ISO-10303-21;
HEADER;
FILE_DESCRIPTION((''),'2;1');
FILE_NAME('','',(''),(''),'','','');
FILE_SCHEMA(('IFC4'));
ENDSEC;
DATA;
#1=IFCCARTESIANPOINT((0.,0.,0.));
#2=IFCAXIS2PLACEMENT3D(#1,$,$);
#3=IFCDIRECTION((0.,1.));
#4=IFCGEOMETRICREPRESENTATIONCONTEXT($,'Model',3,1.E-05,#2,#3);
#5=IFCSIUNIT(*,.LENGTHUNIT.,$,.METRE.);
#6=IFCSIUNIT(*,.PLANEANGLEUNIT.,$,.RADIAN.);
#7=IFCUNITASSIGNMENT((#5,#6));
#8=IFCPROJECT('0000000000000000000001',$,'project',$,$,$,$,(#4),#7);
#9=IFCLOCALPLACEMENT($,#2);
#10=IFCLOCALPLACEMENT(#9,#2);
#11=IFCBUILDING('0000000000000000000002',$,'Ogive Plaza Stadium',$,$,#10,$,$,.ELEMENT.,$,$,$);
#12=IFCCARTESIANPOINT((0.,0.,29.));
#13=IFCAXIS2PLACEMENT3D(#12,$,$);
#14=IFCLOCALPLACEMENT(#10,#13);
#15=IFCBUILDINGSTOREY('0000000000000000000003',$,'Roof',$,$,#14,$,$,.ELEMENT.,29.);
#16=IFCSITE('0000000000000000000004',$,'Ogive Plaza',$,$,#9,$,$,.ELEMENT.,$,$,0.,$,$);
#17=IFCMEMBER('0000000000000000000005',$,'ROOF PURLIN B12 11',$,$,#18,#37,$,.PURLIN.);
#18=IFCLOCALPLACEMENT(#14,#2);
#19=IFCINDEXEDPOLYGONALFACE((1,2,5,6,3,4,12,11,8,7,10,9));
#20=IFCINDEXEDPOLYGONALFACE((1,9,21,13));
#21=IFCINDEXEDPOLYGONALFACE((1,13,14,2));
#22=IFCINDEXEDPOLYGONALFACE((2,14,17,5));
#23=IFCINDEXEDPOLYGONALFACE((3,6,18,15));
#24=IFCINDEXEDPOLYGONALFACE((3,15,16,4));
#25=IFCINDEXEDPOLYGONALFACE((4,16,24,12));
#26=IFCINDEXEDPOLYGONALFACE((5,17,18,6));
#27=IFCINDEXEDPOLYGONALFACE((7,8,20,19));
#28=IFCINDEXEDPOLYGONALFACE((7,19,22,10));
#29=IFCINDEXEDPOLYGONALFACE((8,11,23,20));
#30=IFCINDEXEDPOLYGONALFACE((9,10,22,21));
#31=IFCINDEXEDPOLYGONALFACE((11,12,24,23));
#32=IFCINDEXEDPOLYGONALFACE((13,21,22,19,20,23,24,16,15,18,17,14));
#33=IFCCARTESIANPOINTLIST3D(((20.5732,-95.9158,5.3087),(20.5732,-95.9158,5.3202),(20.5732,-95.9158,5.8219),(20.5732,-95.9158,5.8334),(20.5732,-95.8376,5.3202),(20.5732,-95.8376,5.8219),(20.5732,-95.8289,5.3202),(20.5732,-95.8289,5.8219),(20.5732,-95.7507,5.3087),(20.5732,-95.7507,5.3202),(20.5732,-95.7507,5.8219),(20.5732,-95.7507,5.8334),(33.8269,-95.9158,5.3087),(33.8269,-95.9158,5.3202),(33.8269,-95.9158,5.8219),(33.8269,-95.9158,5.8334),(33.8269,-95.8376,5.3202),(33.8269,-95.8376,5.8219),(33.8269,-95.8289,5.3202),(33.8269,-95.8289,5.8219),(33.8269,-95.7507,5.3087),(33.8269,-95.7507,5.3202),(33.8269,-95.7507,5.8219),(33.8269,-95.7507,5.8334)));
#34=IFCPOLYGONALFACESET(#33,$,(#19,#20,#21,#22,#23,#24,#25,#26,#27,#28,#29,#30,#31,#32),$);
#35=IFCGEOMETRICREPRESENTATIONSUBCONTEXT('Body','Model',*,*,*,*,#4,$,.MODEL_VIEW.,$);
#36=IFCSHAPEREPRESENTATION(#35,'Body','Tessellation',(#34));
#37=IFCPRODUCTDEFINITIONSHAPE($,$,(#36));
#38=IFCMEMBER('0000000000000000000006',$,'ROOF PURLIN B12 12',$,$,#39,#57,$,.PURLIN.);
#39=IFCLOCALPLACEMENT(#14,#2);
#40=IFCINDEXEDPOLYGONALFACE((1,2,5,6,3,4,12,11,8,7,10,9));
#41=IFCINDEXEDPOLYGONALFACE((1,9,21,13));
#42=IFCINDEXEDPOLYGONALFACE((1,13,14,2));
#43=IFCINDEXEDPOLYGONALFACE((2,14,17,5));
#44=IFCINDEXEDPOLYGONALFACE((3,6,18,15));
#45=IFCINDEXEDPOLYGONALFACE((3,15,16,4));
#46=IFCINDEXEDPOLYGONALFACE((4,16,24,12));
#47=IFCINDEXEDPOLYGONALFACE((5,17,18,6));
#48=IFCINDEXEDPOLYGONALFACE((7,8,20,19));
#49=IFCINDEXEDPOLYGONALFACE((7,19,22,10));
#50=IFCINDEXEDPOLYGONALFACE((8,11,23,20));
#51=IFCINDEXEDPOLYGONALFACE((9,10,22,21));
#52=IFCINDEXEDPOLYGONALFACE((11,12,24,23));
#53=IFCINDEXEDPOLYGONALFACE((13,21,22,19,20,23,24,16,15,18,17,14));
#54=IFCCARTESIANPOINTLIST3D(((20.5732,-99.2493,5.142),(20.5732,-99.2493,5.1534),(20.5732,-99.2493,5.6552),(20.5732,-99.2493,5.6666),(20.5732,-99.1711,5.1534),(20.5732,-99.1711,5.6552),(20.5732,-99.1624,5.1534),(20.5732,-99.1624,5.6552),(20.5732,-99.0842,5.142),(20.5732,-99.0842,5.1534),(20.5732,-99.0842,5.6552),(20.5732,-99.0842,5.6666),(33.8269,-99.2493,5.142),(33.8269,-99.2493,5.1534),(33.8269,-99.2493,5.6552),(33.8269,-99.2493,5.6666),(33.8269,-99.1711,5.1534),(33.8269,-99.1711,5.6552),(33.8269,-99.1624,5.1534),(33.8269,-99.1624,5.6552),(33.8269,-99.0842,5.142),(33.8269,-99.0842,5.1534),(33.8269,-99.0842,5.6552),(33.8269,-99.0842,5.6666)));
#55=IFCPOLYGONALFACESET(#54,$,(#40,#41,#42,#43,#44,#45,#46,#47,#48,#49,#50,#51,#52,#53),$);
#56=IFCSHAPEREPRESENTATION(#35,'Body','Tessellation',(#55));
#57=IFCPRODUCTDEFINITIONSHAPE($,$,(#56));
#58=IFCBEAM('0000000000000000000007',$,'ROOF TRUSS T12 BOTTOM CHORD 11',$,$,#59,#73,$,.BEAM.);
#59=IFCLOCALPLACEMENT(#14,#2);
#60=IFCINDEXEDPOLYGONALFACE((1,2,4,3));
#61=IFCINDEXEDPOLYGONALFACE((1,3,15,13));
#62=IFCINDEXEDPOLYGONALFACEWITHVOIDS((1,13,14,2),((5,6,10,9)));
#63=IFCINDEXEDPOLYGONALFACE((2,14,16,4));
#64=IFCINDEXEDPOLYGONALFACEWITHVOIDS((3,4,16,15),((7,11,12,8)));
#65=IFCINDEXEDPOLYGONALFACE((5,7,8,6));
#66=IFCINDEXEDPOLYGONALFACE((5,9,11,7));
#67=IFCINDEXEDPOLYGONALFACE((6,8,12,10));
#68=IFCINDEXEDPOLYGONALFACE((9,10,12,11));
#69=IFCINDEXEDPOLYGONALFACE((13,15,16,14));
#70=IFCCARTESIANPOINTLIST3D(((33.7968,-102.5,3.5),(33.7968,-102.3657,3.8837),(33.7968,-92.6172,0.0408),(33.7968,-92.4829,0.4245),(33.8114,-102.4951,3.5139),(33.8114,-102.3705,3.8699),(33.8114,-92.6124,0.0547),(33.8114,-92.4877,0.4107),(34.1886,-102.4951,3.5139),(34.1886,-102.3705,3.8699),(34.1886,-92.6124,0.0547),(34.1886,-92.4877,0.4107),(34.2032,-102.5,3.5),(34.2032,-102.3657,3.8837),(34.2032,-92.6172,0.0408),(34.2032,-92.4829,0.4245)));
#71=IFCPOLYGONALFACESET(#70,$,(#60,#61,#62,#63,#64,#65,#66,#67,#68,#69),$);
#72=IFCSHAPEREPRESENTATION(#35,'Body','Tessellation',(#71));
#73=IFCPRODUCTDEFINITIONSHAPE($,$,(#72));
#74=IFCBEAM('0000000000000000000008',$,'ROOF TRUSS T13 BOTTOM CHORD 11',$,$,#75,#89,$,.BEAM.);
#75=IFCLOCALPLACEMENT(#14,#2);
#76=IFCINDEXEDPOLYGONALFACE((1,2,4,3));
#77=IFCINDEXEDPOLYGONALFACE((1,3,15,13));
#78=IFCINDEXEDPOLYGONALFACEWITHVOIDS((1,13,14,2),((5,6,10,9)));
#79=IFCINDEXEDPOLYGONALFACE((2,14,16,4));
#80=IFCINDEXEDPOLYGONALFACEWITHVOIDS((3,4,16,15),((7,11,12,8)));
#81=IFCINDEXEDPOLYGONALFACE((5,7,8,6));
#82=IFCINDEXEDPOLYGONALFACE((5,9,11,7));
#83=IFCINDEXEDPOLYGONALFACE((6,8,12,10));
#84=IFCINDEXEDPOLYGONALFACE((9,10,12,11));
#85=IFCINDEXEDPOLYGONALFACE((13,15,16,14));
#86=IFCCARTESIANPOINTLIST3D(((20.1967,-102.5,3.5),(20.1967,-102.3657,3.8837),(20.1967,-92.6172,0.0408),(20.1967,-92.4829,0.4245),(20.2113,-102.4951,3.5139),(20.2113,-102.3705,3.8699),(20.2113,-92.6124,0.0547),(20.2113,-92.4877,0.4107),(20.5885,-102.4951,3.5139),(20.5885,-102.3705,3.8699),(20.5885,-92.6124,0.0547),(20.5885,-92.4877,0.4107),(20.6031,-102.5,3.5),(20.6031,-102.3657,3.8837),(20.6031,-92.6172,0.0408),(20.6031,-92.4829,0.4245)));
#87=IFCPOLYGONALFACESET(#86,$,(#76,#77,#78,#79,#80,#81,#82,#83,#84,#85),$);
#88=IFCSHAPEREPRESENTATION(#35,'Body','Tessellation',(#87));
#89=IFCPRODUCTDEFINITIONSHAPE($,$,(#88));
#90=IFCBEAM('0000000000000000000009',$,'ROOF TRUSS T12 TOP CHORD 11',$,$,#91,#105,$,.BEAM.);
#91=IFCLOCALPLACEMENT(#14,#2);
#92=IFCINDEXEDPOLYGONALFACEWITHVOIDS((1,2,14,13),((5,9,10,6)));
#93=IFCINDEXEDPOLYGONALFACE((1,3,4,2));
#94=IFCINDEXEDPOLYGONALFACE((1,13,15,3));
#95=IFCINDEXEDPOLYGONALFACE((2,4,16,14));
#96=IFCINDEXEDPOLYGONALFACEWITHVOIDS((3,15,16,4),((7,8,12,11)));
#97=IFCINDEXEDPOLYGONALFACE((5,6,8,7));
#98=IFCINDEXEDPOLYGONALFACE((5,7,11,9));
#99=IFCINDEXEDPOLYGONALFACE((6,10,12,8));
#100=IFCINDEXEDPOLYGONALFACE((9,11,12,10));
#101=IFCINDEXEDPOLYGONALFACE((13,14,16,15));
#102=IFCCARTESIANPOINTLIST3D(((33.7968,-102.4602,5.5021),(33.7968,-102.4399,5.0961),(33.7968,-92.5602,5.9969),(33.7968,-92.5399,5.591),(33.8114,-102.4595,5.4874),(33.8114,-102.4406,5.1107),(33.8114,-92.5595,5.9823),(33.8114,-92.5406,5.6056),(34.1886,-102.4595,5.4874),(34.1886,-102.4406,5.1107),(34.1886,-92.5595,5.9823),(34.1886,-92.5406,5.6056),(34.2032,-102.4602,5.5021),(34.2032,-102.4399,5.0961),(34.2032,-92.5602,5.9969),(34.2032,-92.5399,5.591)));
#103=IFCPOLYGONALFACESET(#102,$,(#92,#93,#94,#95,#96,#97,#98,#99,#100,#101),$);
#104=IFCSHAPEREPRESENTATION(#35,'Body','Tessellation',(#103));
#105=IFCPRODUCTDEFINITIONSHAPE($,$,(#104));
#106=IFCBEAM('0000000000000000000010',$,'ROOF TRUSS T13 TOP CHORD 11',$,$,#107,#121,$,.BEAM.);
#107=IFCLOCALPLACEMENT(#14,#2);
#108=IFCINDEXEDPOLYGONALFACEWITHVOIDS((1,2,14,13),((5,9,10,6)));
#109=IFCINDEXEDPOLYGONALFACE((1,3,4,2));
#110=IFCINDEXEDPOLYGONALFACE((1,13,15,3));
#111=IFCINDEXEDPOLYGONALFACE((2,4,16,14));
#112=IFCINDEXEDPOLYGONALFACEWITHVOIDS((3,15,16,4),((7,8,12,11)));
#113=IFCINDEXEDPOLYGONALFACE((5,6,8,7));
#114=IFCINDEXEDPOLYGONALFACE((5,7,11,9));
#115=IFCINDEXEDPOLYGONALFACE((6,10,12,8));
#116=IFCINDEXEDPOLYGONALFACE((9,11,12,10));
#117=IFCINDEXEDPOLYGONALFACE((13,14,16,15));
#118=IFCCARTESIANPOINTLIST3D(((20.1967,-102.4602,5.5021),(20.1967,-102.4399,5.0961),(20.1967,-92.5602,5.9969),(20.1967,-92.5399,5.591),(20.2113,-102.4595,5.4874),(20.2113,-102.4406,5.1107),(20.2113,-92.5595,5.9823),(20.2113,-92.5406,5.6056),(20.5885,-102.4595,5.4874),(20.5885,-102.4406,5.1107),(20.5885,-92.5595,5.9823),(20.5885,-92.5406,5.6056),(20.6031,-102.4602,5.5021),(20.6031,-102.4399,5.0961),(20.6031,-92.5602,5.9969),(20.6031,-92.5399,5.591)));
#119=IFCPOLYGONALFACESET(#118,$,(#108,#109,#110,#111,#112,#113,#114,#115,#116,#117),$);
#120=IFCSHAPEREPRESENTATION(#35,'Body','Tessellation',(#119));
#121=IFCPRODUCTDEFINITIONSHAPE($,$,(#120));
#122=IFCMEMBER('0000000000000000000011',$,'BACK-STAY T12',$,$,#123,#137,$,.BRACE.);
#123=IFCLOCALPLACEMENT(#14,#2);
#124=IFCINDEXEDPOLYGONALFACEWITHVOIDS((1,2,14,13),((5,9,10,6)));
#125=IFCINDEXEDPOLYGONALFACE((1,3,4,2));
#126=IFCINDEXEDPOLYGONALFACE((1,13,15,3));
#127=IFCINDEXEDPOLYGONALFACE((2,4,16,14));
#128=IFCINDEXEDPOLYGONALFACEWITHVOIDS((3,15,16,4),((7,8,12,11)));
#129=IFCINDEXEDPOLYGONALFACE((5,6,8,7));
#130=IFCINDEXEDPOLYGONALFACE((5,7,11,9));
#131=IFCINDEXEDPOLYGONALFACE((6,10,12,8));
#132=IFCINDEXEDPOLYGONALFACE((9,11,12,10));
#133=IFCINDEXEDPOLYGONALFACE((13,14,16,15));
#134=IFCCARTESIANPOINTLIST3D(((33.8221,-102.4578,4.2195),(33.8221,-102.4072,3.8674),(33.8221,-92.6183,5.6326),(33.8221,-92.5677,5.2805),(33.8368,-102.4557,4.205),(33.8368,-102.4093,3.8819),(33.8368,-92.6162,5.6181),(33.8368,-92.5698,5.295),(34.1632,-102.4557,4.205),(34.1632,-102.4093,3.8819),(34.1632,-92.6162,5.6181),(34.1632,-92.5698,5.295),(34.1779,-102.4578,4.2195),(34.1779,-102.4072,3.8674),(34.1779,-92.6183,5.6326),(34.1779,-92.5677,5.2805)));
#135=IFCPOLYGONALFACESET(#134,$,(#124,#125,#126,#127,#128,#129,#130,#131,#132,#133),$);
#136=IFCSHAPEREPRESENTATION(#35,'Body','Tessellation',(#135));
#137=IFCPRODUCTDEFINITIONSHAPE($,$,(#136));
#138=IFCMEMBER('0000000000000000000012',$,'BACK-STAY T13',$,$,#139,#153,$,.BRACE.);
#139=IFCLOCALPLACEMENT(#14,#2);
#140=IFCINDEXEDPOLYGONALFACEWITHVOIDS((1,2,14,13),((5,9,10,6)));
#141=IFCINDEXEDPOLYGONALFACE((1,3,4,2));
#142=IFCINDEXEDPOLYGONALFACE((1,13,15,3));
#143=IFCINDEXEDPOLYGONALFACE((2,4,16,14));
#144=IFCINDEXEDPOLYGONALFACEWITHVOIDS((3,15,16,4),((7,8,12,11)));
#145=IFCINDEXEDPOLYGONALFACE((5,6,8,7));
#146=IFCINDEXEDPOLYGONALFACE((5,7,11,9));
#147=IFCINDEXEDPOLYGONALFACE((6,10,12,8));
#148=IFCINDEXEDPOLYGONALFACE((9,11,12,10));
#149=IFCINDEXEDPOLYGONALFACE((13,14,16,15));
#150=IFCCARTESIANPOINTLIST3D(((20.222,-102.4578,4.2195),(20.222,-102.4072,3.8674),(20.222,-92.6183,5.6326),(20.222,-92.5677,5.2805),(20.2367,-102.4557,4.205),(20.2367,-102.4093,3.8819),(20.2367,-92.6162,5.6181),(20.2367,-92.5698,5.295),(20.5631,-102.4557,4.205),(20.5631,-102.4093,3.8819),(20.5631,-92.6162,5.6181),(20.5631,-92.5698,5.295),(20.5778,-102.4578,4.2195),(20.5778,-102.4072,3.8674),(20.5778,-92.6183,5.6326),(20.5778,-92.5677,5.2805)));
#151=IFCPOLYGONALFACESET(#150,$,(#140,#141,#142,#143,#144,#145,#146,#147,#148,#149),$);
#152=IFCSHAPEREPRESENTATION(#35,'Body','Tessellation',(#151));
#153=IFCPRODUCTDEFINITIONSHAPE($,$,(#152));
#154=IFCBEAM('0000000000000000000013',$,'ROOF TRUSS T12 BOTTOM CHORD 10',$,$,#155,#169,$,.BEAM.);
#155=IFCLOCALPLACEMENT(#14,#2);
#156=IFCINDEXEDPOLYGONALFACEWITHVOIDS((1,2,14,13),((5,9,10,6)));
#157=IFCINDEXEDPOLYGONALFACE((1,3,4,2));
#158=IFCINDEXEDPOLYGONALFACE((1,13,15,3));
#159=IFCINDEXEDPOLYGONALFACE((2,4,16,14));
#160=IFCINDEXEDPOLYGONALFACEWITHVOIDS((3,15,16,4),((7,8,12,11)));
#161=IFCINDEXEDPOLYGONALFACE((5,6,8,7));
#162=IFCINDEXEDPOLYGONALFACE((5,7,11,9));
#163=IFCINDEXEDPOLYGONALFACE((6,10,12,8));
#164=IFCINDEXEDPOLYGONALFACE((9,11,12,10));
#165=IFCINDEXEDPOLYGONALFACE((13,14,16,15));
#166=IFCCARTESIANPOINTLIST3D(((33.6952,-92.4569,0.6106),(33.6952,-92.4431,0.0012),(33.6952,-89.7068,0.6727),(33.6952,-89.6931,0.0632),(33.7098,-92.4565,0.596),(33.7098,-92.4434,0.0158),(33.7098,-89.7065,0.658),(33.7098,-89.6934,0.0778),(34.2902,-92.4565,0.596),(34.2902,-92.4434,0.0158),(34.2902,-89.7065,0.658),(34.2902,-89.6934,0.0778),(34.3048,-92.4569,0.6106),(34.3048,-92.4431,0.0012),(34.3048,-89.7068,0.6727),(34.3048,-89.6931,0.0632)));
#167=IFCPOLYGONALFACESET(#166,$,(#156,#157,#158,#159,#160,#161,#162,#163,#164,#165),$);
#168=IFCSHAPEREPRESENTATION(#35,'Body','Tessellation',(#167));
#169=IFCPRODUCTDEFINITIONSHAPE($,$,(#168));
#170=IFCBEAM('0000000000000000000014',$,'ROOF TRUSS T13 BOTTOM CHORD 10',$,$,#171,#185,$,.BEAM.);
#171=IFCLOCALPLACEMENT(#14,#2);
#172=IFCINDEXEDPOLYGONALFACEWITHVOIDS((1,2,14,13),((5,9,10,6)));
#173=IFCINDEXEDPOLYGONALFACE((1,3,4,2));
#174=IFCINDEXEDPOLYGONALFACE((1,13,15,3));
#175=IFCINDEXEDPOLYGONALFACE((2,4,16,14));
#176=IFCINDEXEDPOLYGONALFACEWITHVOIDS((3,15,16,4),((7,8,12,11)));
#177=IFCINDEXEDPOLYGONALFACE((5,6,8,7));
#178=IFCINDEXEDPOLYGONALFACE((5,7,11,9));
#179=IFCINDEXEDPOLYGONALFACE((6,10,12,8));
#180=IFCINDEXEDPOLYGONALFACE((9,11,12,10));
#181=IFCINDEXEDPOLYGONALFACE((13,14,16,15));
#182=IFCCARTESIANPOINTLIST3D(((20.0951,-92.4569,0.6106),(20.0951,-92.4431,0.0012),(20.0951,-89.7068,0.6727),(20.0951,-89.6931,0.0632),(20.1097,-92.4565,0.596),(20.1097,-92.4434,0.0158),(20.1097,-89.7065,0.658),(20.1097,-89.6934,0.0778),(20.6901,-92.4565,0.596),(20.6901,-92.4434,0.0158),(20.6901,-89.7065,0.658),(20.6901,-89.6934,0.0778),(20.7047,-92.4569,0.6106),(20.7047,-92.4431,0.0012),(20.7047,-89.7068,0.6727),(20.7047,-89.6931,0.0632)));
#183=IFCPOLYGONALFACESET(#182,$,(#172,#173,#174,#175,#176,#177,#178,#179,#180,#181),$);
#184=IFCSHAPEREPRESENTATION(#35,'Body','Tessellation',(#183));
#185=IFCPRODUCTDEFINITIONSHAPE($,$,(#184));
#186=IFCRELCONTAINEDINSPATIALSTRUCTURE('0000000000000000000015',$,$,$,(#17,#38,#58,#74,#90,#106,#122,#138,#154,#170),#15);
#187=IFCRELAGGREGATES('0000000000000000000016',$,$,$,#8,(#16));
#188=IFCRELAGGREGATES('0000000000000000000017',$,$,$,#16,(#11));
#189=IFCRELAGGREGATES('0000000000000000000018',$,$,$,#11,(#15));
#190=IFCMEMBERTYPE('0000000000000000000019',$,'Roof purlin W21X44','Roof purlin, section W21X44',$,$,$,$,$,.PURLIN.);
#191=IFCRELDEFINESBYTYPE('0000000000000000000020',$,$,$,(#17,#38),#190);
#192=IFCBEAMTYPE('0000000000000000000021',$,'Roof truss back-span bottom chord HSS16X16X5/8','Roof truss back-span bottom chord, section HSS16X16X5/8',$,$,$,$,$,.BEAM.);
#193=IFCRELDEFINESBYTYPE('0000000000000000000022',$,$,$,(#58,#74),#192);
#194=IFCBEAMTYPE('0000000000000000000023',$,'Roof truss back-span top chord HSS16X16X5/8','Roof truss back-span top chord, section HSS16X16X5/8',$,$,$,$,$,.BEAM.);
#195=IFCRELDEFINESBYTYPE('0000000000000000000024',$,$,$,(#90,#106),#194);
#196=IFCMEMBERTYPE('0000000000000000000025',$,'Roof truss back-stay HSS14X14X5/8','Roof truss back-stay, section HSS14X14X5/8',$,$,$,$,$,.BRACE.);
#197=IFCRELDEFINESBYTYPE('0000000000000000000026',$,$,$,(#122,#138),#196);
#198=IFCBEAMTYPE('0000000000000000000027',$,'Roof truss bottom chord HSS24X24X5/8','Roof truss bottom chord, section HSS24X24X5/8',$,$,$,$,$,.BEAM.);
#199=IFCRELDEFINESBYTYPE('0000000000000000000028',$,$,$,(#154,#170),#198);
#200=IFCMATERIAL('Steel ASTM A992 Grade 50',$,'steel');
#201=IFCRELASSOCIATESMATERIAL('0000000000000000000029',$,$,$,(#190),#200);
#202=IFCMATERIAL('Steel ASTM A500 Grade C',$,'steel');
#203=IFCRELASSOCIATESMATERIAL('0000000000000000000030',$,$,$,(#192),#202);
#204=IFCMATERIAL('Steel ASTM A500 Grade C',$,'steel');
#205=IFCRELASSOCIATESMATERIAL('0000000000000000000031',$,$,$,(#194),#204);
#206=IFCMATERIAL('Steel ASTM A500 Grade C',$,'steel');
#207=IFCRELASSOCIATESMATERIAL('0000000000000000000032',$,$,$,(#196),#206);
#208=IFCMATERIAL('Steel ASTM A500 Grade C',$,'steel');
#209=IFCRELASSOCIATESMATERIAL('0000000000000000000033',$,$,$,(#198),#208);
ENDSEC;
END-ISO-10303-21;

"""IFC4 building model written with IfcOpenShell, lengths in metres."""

from ifc_helpers import new_model, si_unit, direction, frame, origin, origin_2d, place, context, subcontext, project, spatial, hollow_rectangle, i_section, extrude, material, material_profile, profile_set, type_object, element, save


model = new_model("IFC4")

# Units and contexts
model_context = context("Model", 3, precision=1e-05, world=origin(), true_north=direction((0.0, 1.0)))
body_context = subcontext(model_context, "Body", "Model", "MODEL_VIEW")
ifc_project = project(units=[si_unit("LENGTHUNIT", "METRE"), si_unit("PLANEANGLEUNIT", "RADIAN")], contexts=[model_context])

# Site, building, storey
site_placement = place(None, origin())
site = spatial("IfcSite", under=ifc_project, at=site_placement, Name="Ogive Plaza", CompositionType="ELEMENT", RefElevation=0.0)
building_placement = place(site_placement, origin())
building = spatial("IfcBuilding", under=site, at=building_placement, Name="Ogive Plaza Stadium", CompositionType="ELEMENT")
storey_placement = place(building_placement, frame((0.0, 0.0, 29.0)))
storey = spatial("IfcBuildingStorey", under=building, at=storey_placement, Name="Roof", CompositionType="ELEMENT", Elevation=29.0)

# Members
ifc_material_1 = material(Name="Steel ASTM A992 Grade 50", Category="steel")
ifc_material_profile_1 = material_profile(ifc_material_1, i_section(OverallWidth=0.165, OverallDepth=0.5247, WebThickness=0.0088, FlangeThickness=0.0115, at=origin_2d()), Name="W21X44")
ifc_profile_set_1 = profile_set([ifc_material_profile_1], Name="Steel ASTM A992 Grade 50")
member_type_1 = type_object("IfcMemberType", Name="Roof purlin W21X44", Description="Roof purlin, section W21X44", PredefinedType="PURLIN", material=ifc_profile_set_1)
for number, where, z_axis, x_axis, name in (
    (1, (33.8269, -95.8333, 5.571), (-1.0, 0.0, 0.0), (0.0, -1.0, 0.0), "ROOF PURLIN B12 11"),
    (2, (33.8269, -99.1667, 5.4043), (-1.0, 0.0, 0.0), (0.0, -1.0, 0.0), "ROOF PURLIN B12 12"),
):
    element("IfcMember", number, at=place(storey_placement, frame(where, z_axis=z_axis, x_axis=x_axis)), inside=storey, type_object=member_type_1, Name=name, PredefinedType="PURLIN", context=body_context, shape_type="SweptSolid", body=[
        extrude(i_section(OverallWidth=0.165, OverallDepth=0.5247, WebThickness=0.0088, FlangeThickness=0.0115, at=origin_2d()), origin(), (0.0, 0.0, 1.0), 13.2537),
    ])

# Beams
ifc_material_2 = material(Name="Steel ASTM A500 Grade C", Category="steel")
ifc_material_profile_2 = material_profile(ifc_material_2, hollow_rectangle(XDim=0.4065, YDim=0.4065, WallThickness=0.0146, at=origin_2d()), Name="HSS16X16X5/8")
ifc_profile_set_2 = profile_set([ifc_material_profile_2], Name="Steel ASTM A500 Grade C")
beam_type_1 = type_object("IfcBeamType", Name="Roof truss back-span bottom chord HSS16X16X5/8", Description="Roof truss back-span bottom chord, section HSS16X16X5/8", PredefinedType="BEAM", material=ifc_profile_set_2)
for number, where, z_axis, x_axis, name in (
    (3, (34.0, -92.55, 0.2327), (0.0, -0.943851, 0.330371), (1.0, 0.0, 0.0), "ROOF TRUSS T12 BOTTOM CHORD 11"),
    (4, (20.3999, -92.55, 0.2327), (0.0, -0.943851, 0.330371), (1.0, 0.0, 0.0), "ROOF TRUSS T13 BOTTOM CHORD 11"),
):
    element("IfcBeam", number, at=place(storey_placement, frame(where, z_axis=z_axis, x_axis=x_axis)), inside=storey, type_object=beam_type_1, Name=name, PredefinedType="BEAM", context=body_context, shape_type="SweptSolid", body=[
        extrude(hollow_rectangle(XDim=0.4065, YDim=0.4065, WallThickness=0.0146, at=origin_2d()), origin(), (0.0, 0.0, 1.0), 10.4707),
    ])
ifc_material_3 = material(Name="Steel ASTM A500 Grade C", Category="steel")
ifc_material_profile_3 = material_profile(ifc_material_3, hollow_rectangle(XDim=0.4065, YDim=0.4065, WallThickness=0.0146, at=origin_2d()), Name="HSS16X16X5/8")
ifc_profile_set_3 = profile_set([ifc_material_profile_3], Name="Steel ASTM A500 Grade C")
beam_type_2 = type_object("IfcBeamType", Name="Roof truss back-span top chord HSS16X16X5/8", Description="Roof truss back-span top chord, section HSS16X16X5/8", PredefinedType="BEAM", material=ifc_profile_set_3)
for number, where, z_axis, x_axis, name in (
    (5, (34.0, -92.55, 5.7939), (0.0, -0.998753, -0.049925), (1.0, 0.0, 0.0), "ROOF TRUSS T12 TOP CHORD 11"),
    (6, (20.3999, -92.55, 5.7939), (0.0, -0.998753, -0.049925), (1.0, 0.0, 0.0), "ROOF TRUSS T13 TOP CHORD 11"),
):
    element("IfcBeam", number, at=place(storey_placement, frame(where, z_axis=z_axis, x_axis=x_axis)), inside=storey, type_object=beam_type_2, Name=name, PredefinedType="BEAM", context=body_context, shape_type="SweptSolid", body=[
        extrude(hollow_rectangle(XDim=0.4065, YDim=0.4065, WallThickness=0.0146, at=origin_2d()), origin(), (0.0, 0.0, 1.0), 9.9124),
    ])

# Members
ifc_material_4 = material(Name="Steel ASTM A500 Grade C", Category="steel")
ifc_material_profile_4 = material_profile(ifc_material_4, hollow_rectangle(XDim=0.3557, YDim=0.3557, WallThickness=0.0146, at=origin_2d()), Name="HSS14X14X5/8")
ifc_profile_set_4 = profile_set([ifc_material_profile_4], Name="Steel ASTM A500 Grade C")
member_type_2 = type_object("IfcMemberType", Name="Roof truss back-stay HSS14X14X5/8", Description="Roof truss back-stay, section HSS14X14X5/8", PredefinedType="BRACE", material=ifc_profile_set_4)
for number, where, z_axis, x_axis, name in (
    (7, (34.0, -92.593, 5.4565), (0.0, -0.989844, -0.142157), (1.0, 0.0, 0.0), "BACK-STAY T12"),
    (8, (20.3999, -92.593, 5.4565), (0.0, -0.989844, -0.142157), (1.0, 0.0, 0.0), "BACK-STAY T13"),
):
    element("IfcMember", number, at=place(storey_placement, frame(where, z_axis=z_axis, x_axis=x_axis)), inside=storey, type_object=member_type_2, Name=name, PredefinedType="BRACE", context=body_context, shape_type="SweptSolid", body=[
        extrude(hollow_rectangle(XDim=0.3557, YDim=0.3557, WallThickness=0.0146, at=origin_2d()), origin(), (0.0, 0.0, 1.0), 9.9404),
    ])

# Beams
ifc_material_5 = material(Name="Steel ASTM A500 Grade C", Category="steel")
ifc_material_profile_5 = material_profile(ifc_material_5, hollow_rectangle(XDim=0.6096, YDim=0.6096, WallThickness=0.0146, at=origin_2d()), Name="HSS24X24X5/8")
ifc_profile_set_5 = profile_set([ifc_material_profile_5], Name="Steel ASTM A500 Grade C")
beam_type_3 = type_object("IfcBeamType", Name="Roof truss bottom chord HSS24X24X5/8", Description="Roof truss bottom chord, section HSS24X24X5/8", PredefinedType="BEAM", material=ifc_profile_set_5)
for number, where, z_axis, x_axis, name in (
    (9, (34.0, -89.7, 0.3679), (0.0, -0.999746, -0.022544), (1.0, 0.0, 0.0), "ROOF TRUSS T12 BOTTOM CHORD 10"),
    (10, (20.3999, -89.7, 0.3679), (0.0, -0.999746, -0.022544), (1.0, 0.0, 0.0), "ROOF TRUSS T13 BOTTOM CHORD 10"),
):
    element("IfcBeam", number, at=place(storey_placement, frame(where, z_axis=z_axis, x_axis=x_axis)), inside=storey, type_object=beam_type_3, Name=name, PredefinedType="BEAM", context=body_context, shape_type="SweptSolid", body=[
        extrude(hollow_rectangle(XDim=0.6096, YDim=0.6096, WallThickness=0.0146, at=origin_2d()), origin(), (0.0, 0.0, 1.0), 2.7507),
    ])

save(model, "model.ifc")
